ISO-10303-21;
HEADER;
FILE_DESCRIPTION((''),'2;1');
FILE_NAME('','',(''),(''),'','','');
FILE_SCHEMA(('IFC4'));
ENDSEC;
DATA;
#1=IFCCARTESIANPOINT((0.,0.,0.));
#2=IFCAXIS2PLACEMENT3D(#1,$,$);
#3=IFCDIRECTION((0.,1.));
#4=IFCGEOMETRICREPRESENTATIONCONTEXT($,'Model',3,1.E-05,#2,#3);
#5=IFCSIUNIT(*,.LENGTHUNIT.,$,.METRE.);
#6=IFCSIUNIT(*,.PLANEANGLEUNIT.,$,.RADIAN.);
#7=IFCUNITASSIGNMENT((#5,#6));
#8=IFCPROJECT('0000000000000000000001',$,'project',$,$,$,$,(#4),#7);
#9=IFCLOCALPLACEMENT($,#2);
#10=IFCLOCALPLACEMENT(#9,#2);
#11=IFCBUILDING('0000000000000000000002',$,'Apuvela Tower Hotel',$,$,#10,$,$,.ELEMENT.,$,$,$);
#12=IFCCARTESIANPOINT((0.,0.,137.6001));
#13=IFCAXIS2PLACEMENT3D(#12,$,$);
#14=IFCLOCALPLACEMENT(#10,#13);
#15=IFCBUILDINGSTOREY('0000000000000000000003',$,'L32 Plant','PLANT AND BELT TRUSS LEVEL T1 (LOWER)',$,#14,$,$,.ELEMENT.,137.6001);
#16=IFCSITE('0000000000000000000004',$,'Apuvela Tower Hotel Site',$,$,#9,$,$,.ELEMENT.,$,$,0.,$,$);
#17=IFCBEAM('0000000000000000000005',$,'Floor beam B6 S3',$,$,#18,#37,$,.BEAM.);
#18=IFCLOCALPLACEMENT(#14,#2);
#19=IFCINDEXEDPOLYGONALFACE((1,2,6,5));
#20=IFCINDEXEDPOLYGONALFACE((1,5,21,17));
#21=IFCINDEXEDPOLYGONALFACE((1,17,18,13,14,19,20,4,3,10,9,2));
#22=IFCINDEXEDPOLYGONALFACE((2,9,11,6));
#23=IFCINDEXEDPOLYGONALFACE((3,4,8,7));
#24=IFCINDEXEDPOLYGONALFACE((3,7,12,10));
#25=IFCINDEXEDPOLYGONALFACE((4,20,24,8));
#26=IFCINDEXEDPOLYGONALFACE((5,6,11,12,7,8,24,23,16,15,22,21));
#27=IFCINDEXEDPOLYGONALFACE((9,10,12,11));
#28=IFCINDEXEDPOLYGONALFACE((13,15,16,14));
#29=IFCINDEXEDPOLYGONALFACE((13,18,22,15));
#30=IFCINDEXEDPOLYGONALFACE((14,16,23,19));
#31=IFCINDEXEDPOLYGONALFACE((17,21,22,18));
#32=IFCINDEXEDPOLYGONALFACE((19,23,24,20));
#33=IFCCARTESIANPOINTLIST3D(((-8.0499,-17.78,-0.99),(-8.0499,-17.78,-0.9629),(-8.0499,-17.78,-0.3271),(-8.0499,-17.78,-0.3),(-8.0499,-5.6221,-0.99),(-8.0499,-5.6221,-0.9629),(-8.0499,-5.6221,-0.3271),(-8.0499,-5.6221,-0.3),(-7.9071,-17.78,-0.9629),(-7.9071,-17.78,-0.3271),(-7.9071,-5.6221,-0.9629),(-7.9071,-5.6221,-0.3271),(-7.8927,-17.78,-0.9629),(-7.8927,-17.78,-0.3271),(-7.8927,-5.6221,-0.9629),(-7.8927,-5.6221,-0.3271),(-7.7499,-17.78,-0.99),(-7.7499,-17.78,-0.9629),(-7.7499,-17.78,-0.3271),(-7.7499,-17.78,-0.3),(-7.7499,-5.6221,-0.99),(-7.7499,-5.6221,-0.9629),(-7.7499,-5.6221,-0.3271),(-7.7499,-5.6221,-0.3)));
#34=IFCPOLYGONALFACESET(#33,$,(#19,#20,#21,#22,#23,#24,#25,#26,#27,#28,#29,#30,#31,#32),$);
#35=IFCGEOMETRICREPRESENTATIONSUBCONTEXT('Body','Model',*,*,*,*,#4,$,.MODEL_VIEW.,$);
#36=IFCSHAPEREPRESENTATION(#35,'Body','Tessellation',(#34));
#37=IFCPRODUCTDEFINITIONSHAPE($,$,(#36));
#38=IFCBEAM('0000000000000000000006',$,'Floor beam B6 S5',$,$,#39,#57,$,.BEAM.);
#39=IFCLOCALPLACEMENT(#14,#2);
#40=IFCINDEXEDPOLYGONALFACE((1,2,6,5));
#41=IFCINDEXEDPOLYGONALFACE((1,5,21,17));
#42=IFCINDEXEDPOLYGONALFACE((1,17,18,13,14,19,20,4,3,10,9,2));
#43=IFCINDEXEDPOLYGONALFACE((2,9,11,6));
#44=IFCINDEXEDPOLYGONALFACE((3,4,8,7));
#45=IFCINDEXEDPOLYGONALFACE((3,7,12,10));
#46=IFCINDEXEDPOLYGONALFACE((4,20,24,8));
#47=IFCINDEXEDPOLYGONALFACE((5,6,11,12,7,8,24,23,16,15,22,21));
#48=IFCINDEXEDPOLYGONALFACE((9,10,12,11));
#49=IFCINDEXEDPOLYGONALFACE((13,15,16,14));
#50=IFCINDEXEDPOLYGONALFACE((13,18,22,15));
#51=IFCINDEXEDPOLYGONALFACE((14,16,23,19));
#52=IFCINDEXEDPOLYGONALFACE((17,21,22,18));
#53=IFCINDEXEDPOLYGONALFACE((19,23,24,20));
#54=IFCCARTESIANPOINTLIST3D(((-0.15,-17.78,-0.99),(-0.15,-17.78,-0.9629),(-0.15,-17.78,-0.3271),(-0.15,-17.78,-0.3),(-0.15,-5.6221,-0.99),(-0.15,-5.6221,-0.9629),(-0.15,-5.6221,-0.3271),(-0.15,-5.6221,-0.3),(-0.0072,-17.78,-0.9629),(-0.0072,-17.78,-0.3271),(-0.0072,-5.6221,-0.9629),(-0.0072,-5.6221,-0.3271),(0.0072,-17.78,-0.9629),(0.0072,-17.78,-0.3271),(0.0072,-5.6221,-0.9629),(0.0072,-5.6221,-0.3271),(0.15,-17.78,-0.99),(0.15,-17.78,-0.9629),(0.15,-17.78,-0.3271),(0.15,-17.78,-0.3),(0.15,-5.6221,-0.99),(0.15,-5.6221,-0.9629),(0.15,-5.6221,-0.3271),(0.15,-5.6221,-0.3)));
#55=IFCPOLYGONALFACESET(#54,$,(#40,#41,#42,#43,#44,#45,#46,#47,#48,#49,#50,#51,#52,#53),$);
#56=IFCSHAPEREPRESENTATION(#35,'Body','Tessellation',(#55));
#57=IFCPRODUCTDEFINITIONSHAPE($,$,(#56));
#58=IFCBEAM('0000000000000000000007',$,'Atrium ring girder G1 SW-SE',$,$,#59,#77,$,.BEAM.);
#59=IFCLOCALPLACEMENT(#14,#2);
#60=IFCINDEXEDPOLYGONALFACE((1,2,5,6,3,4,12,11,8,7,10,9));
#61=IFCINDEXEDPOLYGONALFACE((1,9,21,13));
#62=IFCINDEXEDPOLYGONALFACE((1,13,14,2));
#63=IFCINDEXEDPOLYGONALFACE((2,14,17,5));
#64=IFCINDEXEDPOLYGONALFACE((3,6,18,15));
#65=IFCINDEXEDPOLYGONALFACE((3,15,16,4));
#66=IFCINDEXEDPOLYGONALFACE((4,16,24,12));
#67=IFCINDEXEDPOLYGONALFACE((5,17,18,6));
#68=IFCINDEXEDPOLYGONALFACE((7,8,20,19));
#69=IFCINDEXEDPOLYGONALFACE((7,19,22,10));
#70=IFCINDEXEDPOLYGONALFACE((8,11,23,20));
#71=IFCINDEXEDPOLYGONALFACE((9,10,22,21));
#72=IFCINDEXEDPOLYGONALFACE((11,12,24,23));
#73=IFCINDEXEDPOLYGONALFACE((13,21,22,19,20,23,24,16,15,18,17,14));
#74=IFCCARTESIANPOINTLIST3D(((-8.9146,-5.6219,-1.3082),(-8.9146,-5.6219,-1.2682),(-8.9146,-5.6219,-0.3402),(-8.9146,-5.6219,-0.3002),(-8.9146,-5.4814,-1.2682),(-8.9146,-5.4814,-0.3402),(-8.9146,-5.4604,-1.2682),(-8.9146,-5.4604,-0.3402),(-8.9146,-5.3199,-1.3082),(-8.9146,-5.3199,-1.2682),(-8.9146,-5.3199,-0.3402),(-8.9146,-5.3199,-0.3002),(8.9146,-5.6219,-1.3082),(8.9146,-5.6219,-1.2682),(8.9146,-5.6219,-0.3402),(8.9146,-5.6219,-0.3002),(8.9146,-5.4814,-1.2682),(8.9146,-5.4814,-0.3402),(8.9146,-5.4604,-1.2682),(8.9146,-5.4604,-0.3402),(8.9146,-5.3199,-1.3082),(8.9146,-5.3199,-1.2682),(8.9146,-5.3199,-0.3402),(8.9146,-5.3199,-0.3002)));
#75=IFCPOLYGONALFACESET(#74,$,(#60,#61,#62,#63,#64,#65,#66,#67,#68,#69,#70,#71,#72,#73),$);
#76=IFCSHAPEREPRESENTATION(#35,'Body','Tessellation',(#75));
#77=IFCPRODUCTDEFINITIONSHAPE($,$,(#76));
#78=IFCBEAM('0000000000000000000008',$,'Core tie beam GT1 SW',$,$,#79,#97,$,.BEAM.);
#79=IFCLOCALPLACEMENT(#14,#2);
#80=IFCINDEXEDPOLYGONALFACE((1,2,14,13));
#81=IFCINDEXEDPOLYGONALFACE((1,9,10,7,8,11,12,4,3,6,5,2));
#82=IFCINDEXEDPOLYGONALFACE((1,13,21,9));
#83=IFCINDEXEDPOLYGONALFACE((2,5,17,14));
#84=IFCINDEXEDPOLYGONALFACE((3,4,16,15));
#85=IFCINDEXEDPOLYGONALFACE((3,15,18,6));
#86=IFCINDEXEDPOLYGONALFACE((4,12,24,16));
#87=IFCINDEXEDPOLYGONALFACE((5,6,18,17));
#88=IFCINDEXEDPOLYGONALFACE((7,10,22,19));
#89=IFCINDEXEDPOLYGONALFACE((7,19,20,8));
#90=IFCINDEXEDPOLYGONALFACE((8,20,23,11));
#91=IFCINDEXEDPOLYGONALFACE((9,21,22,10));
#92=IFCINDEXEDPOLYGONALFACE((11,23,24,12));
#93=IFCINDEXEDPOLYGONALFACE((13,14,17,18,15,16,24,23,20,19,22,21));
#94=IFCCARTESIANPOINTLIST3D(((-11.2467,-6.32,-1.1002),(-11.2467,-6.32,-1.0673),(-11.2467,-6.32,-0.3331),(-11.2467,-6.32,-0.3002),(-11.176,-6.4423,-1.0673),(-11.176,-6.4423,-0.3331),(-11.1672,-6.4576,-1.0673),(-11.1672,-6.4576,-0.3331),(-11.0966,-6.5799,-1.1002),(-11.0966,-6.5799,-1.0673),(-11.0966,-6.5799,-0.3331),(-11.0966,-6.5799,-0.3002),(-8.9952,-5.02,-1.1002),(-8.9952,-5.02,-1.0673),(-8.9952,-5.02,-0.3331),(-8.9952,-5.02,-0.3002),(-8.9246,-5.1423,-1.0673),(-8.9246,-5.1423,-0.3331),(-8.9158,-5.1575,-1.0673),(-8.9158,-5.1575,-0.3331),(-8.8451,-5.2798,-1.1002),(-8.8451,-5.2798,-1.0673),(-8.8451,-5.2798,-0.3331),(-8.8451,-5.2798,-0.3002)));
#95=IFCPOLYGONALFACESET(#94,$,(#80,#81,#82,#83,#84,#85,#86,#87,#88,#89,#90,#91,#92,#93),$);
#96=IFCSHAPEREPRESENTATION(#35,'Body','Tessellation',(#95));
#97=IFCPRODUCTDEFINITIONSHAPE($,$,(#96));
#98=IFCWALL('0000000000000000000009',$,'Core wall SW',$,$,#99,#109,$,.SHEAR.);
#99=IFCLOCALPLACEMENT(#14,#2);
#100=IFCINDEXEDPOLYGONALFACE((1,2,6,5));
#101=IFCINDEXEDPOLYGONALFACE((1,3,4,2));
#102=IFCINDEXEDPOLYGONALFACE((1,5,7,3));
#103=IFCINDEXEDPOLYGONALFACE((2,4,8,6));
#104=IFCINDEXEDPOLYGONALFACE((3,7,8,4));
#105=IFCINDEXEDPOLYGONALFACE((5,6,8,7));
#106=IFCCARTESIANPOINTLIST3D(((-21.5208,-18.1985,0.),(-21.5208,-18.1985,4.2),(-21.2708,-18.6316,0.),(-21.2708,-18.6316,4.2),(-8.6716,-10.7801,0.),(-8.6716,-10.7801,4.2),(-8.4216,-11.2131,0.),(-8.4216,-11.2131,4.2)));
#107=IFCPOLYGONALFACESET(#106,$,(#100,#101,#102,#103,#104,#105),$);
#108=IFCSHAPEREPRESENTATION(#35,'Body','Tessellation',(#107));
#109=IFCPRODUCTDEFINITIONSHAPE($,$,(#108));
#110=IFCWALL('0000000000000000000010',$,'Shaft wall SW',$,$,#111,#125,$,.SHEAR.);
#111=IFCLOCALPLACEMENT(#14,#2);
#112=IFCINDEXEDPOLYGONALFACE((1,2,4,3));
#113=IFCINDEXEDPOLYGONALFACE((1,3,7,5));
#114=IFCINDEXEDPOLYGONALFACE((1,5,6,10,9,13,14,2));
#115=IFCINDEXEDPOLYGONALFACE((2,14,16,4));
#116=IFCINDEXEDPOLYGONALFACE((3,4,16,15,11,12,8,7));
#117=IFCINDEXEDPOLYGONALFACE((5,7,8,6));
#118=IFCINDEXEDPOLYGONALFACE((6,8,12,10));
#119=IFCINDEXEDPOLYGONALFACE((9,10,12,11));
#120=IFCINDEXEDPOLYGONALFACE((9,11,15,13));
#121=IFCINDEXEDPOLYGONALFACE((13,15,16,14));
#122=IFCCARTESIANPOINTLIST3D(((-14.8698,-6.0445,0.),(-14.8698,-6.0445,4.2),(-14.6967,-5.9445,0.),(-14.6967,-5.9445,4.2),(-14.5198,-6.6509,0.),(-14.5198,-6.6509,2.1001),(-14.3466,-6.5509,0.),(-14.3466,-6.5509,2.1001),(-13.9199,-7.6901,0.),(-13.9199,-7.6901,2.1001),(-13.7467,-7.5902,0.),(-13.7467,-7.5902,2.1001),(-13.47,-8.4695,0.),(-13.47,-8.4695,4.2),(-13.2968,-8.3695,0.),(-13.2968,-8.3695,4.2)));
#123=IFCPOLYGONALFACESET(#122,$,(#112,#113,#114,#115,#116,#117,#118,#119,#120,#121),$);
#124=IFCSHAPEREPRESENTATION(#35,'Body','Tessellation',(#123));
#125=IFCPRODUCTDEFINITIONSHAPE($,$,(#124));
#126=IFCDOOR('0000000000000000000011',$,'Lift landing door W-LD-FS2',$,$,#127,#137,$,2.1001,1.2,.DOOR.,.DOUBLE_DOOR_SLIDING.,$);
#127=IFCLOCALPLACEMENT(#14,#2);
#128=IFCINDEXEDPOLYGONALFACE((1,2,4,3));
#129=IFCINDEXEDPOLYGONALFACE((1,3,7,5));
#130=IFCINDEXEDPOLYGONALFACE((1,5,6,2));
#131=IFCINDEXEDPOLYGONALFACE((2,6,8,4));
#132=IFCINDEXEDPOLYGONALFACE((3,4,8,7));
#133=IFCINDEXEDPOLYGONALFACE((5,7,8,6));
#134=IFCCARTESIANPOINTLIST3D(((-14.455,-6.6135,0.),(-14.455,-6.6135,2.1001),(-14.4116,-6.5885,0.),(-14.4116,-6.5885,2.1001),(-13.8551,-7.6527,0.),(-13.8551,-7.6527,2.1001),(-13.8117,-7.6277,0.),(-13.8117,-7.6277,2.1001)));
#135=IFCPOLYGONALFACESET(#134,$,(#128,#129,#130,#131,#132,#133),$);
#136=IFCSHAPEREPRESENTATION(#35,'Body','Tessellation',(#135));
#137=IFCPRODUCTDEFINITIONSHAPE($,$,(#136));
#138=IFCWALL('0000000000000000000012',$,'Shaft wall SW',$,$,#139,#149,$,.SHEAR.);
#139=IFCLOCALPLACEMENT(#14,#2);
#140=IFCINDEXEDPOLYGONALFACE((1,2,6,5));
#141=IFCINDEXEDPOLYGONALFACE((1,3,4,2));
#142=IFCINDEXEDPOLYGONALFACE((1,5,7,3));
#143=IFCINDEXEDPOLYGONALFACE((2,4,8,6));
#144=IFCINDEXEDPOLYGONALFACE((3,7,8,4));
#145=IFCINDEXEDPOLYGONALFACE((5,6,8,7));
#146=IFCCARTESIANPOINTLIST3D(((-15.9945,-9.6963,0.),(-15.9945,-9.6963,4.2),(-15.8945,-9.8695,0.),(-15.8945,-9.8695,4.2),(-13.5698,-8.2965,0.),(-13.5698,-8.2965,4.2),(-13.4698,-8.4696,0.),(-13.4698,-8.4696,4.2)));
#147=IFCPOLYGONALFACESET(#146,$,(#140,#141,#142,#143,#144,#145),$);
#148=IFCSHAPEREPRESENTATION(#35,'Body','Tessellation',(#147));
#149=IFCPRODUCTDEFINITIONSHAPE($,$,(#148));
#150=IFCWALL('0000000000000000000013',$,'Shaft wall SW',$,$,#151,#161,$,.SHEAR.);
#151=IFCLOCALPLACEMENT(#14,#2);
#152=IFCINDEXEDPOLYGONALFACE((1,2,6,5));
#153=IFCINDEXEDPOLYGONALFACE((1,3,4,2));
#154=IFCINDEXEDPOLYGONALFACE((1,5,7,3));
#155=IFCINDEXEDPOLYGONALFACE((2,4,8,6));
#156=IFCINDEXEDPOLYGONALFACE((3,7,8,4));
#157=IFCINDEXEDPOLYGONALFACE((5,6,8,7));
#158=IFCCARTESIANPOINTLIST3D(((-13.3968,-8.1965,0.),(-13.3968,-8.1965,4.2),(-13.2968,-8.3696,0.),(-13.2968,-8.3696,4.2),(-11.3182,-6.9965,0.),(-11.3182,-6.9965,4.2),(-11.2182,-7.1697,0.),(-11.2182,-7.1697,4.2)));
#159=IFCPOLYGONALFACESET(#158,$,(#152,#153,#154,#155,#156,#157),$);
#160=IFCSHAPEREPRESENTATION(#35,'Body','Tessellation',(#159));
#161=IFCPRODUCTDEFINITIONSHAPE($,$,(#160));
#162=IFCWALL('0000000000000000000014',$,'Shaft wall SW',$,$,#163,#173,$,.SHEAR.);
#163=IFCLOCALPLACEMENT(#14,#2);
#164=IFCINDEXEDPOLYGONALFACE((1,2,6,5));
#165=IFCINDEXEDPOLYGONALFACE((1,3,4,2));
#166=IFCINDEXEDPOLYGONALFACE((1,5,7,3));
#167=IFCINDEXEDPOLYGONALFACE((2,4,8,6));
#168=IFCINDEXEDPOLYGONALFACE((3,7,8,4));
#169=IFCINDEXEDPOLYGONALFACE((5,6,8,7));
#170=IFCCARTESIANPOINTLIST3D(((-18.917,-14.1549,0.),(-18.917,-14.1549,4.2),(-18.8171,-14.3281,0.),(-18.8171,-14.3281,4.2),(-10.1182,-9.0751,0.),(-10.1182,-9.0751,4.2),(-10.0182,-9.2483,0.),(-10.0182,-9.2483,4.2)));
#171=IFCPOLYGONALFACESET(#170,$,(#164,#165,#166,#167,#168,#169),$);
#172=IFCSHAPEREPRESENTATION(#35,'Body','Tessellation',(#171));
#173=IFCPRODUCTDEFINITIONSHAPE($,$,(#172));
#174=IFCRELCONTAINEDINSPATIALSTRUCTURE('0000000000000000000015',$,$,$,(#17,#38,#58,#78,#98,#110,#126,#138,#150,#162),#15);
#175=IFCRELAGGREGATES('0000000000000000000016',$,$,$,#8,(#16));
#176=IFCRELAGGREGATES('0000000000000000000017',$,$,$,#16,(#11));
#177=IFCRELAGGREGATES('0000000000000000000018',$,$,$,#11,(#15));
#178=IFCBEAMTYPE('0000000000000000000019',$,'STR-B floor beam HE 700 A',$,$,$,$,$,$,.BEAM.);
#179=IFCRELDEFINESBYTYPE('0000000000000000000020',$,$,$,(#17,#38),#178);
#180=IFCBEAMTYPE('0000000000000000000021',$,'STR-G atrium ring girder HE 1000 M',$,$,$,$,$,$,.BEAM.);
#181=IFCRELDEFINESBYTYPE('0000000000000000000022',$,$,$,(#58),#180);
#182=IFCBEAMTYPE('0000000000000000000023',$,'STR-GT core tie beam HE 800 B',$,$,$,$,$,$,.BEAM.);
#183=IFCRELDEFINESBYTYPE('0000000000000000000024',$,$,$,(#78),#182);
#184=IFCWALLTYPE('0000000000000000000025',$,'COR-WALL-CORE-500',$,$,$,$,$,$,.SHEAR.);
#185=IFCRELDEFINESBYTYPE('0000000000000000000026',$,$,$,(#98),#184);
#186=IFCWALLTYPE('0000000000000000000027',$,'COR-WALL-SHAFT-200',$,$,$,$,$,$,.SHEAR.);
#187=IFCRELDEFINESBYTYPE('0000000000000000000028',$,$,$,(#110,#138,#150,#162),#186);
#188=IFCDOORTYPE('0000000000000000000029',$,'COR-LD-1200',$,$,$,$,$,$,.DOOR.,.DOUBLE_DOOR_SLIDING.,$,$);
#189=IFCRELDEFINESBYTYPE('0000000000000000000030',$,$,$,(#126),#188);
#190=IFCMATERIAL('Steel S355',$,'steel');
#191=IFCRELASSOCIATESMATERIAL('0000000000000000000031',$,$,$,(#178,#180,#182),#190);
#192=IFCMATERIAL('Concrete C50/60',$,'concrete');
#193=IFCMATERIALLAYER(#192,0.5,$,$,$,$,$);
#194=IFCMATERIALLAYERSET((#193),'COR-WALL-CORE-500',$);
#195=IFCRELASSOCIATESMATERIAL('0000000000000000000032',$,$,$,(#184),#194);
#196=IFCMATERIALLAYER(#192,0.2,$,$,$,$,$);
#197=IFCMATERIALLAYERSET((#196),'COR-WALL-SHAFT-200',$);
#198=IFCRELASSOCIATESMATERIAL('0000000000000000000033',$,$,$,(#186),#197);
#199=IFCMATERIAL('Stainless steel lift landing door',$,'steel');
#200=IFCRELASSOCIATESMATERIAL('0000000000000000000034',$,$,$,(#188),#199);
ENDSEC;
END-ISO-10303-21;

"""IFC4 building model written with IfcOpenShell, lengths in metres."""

from ifc_helpers import new_model, si_unit, direction, frame, frame_2d, origin, origin_2d, place, context, subcontext, project, spatial, rectangle, i_section, extrude, material, layer, layer_set, material_profile, profile_set, type_object, element, fill, save


model = new_model("IFC4")

# Units and contexts
model_context = context("Model", 3, precision=1e-05, world=origin(), true_north=direction((0.0, 1.0)))
body_context = subcontext(model_context, "Body", "Model", "MODEL_VIEW")
ifc_project = project(units=[si_unit("LENGTHUNIT", "METRE"), si_unit("PLANEANGLEUNIT", "RADIAN")], contexts=[model_context])

# Site, building, storey
site_placement = place(None, origin())
site = spatial("IfcSite", under=ifc_project, at=site_placement, Name="Apuvela Tower Hotel Site", CompositionType="ELEMENT", RefElevation=0.0)
building_placement = place(site_placement, origin())
building = spatial("IfcBuilding", under=site, at=building_placement, Name="Apuvela Tower Hotel", CompositionType="ELEMENT")
storey_placement = place(building_placement, frame((0.0, 0.0, 137.6001)))
storey = spatial("IfcBuildingStorey", under=building, at=storey_placement, Name="L32 Plant", Description="PLANT AND BELT TRUSS LEVEL T1 (LOWER)", CompositionType="ELEMENT", Elevation=137.6001)

# Beams
ifc_material_1 = material(Name="Steel S355", Category="steel")
ifc_material_profile_1 = material_profile(ifc_material_1, i_section(OverallWidth=0.3, OverallDepth=0.6899, WebThickness=0.0144, FlangeThickness=0.0271, at=origin_2d()), Name="HE 700 A")
ifc_profile_set_1 = profile_set([ifc_material_profile_1], Name="Steel S355")
beam_type_1 = type_object("IfcBeamType", Name="STR-B floor beam HE 700 A", PredefinedType="BEAM", material=ifc_profile_set_1)
for number, where, z_axis, x_axis, name in (
    (1, (-7.8999, -17.78, -0.645), (0.0, 1.0, 0.0), (-1.0, 0.0, 0.0), "Floor beam B6 S3"),
    (2, (0.0, -17.78, -0.645), (0.0, 1.0, 0.0), (-1.0, 0.0, 0.0), "Floor beam B6 S5"),
):
    element("IfcBeam", number, at=place(storey_placement, frame(where, z_axis=z_axis, x_axis=x_axis)), inside=storey, type_object=beam_type_1, Name=name, PredefinedType="BEAM", context=body_context, shape_type="SweptSolid", body=[
        extrude(i_section(OverallWidth=0.3, OverallDepth=0.6899, WebThickness=0.0144, FlangeThickness=0.0271, at=origin_2d()), origin(), (0.0, 0.0, 1.0), 12.158),
    ])
ifc_material_profile_2 = material_profile(ifc_material_1, i_section(OverallWidth=0.302, OverallDepth=1.0081, WebThickness=0.021, FlangeThickness=0.04, at=origin_2d()), Name="HE 1000 M")
ifc_profile_set_2 = profile_set([ifc_material_profile_2], Name="Steel S355")
beam_type_2 = type_object("IfcBeamType", Name="STR-G atrium ring girder HE 1000 M", PredefinedType="BEAM", material=ifc_profile_set_2)
beam_1_placement = place(storey_placement, frame((-8.9146, -5.4709, -0.8042), z_axis=(1.0, 0.0, 0.0), x_axis=(0.0, 1.0, 0.0)))
element("IfcBeam", 3, at=beam_1_placement, inside=storey, type_object=beam_type_2, Name="Atrium ring girder G1 SW-SE", PredefinedType="BEAM", context=body_context, shape_type="SweptSolid", body=[
    extrude(i_section(OverallWidth=0.302, OverallDepth=1.0081, WebThickness=0.021, FlangeThickness=0.04, at=origin_2d()), origin(), (0.0, 0.0, 1.0), 17.8291),
])
ifc_material_profile_3 = material_profile(ifc_material_1, i_section(OverallWidth=0.3, OverallDepth=0.8, WebThickness=0.0176, FlangeThickness=0.033, at=origin_2d()), Name="HE 800 B")
ifc_profile_set_3 = profile_set([ifc_material_profile_3], Name="Steel S355")
beam_type_3 = type_object("IfcBeamType", Name="STR-GT core tie beam HE 800 B", PredefinedType="BEAM", material=ifc_profile_set_3)
beam_2_placement = place(storey_placement, frame((-11.1716, -6.45, -0.7002), z_axis=(0.865998, 0.500048, 0.0), x_axis=(-0.500048, 0.865998, 0.0)))
element("IfcBeam", 4, at=beam_2_placement, inside=storey, type_object=beam_type_3, Name="Core tie beam GT1 SW", PredefinedType="BEAM", context=body_context, shape_type="SweptSolid", body=[
    extrude(i_section(OverallWidth=0.3, OverallDepth=0.8, WebThickness=0.0176, FlangeThickness=0.033, at=origin_2d()), origin(), (0.0, 0.0, 1.0), 2.5999),
])

# Wall
ifc_material_2 = material(Name="Concrete C50/60", Category="concrete")
ifc_layer_1 = layer(ifc_material_2, 0.5)
ifc_layer_set_1 = layer_set([ifc_layer_1], Name="COR-WALL-CORE-500")
wall_type_1 = type_object("IfcWallType", Name="COR-WALL-CORE-500", PredefinedType="SHEAR", material=ifc_layer_set_1)
wall_1_placement = place(storey_placement, frame((-8.5466, -10.9966, 0.0), z_axis=(0.0, 0.0, 1.0), x_axis=(-0.866025, -0.500001, 0.0)))
element("IfcWall", 5, at=wall_1_placement, inside=storey, type_object=wall_type_1, Name="Core wall SW", PredefinedType="SHEAR", context=body_context, shape_type="SweptSolid", body=[
    extrude(rectangle(XDim=14.8369, YDim=0.5, at=frame_2d((7.4185, 0.0))), origin(), (0.0, 0.0, 1.0), 4.2),
])

# Wall, opening, door
ifc_layer_2 = layer(ifc_material_2, 0.2)
ifc_layer_set_2 = layer_set([ifc_layer_2], Name="COR-WALL-SHAFT-200")
wall_type_2 = type_object("IfcWallType", Name="COR-WALL-SHAFT-200", PredefinedType="SHEAR", material=ifc_layer_set_2)
wall_2_placement = place(storey_placement, frame((-14.7832, -5.9946, 0.0), z_axis=(0.0, 0.0, 1.0), x_axis=(0.499946, -0.866056, 0.0)))
wall_2 = element("IfcWall", 6, at=wall_2_placement, inside=storey, type_object=wall_type_2, Name="Shaft wall SW", PredefinedType="SHEAR", context=body_context, shape_type="SweptSolid", body=[
    extrude(rectangle(XDim=2.8, YDim=0.2, at=frame_2d((1.3999, 0.0))), origin(), (0.0, 0.0, 1.0), 4.2),
])
opening_1_placement = place(wall_2_placement, frame((0.7, 0.0, 0.0)))
opening_1 = element("IfcOpeningElement", 7, at=opening_1_placement, cuts=wall_2, PredefinedType="OPENING", context=body_context, shape_type="SweptSolid", body=[
    extrude(rectangle(XDim=1.2, YDim=2.1001, at=frame_2d((0.6001, 1.05))), frame((0.0, 0.1099, 0.0), z_axis=(0.0, -1.0, 0.0), x_axis=(1.0, 0.0, 0.0)), (0.0, 0.0, 1.0), 0.22),
])
ifc_material_3 = material(Name="Stainless steel lift landing door", Category="steel")
door_type_1 = type_object("IfcDoorType", Name="COR-LD-1200", OperationType="DOUBLE_DOOR_SLIDING", PredefinedType="DOOR", material=ifc_material_3)
door_1_placement = place(opening_1_placement, origin())
door_1 = element("IfcDoor", 8, at=door_1_placement, inside=storey, type_object=door_type_1, Name="Lift landing door W-LD-FS2", OperationType="DOUBLE_DOOR_SLIDING", OverallHeight=2.1001, OverallWidth=1.2, PredefinedType="DOOR", context=body_context, shape_type="SweptSolid", body=[
    extrude(rectangle(XDim=1.2, YDim=2.1001, at=frame_2d((0.6001, 1.05))), frame((0.0, 0.0249, 0.0), z_axis=(0.0, -1.0, 0.0), x_axis=(1.0, 0.0, 0.0)), (0.0, 0.0, 1.0), 0.05),
])
fill(opening_1, door_1)

# Walls
wall_3_placement = place(storey_placement, frame((-13.5198, -8.3831, 0.0), z_axis=(0.0, 0.0, 1.0), x_axis=(-0.866035, -0.499984, 0.0)))
element("IfcWall", 9, at=wall_3_placement, inside=storey, type_object=wall_type_2, Name="Shaft wall SW", PredefinedType="SHEAR", context=body_context, shape_type="SweptSolid", body=[
    extrude(rectangle(XDim=2.7998, YDim=0.2, at=frame_2d((1.3999, 0.0))), origin(), (0.0, 0.0, 1.0), 4.2),
])
wall_4_placement = place(storey_placement, frame((-11.2681, -7.083, 0.0), z_axis=(0.0, 0.0, 1.0), x_axis=(-0.86605, -0.499957, 0.0)))
element("IfcWall", 10, at=wall_4_placement, inside=storey, type_object=wall_type_2, Name="Shaft wall SW", PredefinedType="SHEAR", context=body_context, shape_type="SweptSolid", body=[
    extrude(rectangle(XDim=2.4001, YDim=0.2, at=frame_2d((1.2002, 0.0))), origin(), (0.0, 0.0, 1.0), 4.2),
])
wall_5_placement = place(storey_placement, frame((-10.0681, -9.1616, 0.0), z_axis=(0.0, 0.0, 1.0), x_axis=(-0.866033, -0.499987, 0.0)))
element("IfcWall", 11, at=wall_5_placement, inside=storey, type_object=wall_type_2, Name="Shaft wall SW", PredefinedType="SHEAR", context=body_context, shape_type="SweptSolid", body=[
    extrude(rectangle(XDim=10.1599, YDim=0.2, at=frame_2d((5.0801, 0.0))), origin(), (0.0, 0.0, 1.0), 4.2),
])

save(model, "model.ifc")
